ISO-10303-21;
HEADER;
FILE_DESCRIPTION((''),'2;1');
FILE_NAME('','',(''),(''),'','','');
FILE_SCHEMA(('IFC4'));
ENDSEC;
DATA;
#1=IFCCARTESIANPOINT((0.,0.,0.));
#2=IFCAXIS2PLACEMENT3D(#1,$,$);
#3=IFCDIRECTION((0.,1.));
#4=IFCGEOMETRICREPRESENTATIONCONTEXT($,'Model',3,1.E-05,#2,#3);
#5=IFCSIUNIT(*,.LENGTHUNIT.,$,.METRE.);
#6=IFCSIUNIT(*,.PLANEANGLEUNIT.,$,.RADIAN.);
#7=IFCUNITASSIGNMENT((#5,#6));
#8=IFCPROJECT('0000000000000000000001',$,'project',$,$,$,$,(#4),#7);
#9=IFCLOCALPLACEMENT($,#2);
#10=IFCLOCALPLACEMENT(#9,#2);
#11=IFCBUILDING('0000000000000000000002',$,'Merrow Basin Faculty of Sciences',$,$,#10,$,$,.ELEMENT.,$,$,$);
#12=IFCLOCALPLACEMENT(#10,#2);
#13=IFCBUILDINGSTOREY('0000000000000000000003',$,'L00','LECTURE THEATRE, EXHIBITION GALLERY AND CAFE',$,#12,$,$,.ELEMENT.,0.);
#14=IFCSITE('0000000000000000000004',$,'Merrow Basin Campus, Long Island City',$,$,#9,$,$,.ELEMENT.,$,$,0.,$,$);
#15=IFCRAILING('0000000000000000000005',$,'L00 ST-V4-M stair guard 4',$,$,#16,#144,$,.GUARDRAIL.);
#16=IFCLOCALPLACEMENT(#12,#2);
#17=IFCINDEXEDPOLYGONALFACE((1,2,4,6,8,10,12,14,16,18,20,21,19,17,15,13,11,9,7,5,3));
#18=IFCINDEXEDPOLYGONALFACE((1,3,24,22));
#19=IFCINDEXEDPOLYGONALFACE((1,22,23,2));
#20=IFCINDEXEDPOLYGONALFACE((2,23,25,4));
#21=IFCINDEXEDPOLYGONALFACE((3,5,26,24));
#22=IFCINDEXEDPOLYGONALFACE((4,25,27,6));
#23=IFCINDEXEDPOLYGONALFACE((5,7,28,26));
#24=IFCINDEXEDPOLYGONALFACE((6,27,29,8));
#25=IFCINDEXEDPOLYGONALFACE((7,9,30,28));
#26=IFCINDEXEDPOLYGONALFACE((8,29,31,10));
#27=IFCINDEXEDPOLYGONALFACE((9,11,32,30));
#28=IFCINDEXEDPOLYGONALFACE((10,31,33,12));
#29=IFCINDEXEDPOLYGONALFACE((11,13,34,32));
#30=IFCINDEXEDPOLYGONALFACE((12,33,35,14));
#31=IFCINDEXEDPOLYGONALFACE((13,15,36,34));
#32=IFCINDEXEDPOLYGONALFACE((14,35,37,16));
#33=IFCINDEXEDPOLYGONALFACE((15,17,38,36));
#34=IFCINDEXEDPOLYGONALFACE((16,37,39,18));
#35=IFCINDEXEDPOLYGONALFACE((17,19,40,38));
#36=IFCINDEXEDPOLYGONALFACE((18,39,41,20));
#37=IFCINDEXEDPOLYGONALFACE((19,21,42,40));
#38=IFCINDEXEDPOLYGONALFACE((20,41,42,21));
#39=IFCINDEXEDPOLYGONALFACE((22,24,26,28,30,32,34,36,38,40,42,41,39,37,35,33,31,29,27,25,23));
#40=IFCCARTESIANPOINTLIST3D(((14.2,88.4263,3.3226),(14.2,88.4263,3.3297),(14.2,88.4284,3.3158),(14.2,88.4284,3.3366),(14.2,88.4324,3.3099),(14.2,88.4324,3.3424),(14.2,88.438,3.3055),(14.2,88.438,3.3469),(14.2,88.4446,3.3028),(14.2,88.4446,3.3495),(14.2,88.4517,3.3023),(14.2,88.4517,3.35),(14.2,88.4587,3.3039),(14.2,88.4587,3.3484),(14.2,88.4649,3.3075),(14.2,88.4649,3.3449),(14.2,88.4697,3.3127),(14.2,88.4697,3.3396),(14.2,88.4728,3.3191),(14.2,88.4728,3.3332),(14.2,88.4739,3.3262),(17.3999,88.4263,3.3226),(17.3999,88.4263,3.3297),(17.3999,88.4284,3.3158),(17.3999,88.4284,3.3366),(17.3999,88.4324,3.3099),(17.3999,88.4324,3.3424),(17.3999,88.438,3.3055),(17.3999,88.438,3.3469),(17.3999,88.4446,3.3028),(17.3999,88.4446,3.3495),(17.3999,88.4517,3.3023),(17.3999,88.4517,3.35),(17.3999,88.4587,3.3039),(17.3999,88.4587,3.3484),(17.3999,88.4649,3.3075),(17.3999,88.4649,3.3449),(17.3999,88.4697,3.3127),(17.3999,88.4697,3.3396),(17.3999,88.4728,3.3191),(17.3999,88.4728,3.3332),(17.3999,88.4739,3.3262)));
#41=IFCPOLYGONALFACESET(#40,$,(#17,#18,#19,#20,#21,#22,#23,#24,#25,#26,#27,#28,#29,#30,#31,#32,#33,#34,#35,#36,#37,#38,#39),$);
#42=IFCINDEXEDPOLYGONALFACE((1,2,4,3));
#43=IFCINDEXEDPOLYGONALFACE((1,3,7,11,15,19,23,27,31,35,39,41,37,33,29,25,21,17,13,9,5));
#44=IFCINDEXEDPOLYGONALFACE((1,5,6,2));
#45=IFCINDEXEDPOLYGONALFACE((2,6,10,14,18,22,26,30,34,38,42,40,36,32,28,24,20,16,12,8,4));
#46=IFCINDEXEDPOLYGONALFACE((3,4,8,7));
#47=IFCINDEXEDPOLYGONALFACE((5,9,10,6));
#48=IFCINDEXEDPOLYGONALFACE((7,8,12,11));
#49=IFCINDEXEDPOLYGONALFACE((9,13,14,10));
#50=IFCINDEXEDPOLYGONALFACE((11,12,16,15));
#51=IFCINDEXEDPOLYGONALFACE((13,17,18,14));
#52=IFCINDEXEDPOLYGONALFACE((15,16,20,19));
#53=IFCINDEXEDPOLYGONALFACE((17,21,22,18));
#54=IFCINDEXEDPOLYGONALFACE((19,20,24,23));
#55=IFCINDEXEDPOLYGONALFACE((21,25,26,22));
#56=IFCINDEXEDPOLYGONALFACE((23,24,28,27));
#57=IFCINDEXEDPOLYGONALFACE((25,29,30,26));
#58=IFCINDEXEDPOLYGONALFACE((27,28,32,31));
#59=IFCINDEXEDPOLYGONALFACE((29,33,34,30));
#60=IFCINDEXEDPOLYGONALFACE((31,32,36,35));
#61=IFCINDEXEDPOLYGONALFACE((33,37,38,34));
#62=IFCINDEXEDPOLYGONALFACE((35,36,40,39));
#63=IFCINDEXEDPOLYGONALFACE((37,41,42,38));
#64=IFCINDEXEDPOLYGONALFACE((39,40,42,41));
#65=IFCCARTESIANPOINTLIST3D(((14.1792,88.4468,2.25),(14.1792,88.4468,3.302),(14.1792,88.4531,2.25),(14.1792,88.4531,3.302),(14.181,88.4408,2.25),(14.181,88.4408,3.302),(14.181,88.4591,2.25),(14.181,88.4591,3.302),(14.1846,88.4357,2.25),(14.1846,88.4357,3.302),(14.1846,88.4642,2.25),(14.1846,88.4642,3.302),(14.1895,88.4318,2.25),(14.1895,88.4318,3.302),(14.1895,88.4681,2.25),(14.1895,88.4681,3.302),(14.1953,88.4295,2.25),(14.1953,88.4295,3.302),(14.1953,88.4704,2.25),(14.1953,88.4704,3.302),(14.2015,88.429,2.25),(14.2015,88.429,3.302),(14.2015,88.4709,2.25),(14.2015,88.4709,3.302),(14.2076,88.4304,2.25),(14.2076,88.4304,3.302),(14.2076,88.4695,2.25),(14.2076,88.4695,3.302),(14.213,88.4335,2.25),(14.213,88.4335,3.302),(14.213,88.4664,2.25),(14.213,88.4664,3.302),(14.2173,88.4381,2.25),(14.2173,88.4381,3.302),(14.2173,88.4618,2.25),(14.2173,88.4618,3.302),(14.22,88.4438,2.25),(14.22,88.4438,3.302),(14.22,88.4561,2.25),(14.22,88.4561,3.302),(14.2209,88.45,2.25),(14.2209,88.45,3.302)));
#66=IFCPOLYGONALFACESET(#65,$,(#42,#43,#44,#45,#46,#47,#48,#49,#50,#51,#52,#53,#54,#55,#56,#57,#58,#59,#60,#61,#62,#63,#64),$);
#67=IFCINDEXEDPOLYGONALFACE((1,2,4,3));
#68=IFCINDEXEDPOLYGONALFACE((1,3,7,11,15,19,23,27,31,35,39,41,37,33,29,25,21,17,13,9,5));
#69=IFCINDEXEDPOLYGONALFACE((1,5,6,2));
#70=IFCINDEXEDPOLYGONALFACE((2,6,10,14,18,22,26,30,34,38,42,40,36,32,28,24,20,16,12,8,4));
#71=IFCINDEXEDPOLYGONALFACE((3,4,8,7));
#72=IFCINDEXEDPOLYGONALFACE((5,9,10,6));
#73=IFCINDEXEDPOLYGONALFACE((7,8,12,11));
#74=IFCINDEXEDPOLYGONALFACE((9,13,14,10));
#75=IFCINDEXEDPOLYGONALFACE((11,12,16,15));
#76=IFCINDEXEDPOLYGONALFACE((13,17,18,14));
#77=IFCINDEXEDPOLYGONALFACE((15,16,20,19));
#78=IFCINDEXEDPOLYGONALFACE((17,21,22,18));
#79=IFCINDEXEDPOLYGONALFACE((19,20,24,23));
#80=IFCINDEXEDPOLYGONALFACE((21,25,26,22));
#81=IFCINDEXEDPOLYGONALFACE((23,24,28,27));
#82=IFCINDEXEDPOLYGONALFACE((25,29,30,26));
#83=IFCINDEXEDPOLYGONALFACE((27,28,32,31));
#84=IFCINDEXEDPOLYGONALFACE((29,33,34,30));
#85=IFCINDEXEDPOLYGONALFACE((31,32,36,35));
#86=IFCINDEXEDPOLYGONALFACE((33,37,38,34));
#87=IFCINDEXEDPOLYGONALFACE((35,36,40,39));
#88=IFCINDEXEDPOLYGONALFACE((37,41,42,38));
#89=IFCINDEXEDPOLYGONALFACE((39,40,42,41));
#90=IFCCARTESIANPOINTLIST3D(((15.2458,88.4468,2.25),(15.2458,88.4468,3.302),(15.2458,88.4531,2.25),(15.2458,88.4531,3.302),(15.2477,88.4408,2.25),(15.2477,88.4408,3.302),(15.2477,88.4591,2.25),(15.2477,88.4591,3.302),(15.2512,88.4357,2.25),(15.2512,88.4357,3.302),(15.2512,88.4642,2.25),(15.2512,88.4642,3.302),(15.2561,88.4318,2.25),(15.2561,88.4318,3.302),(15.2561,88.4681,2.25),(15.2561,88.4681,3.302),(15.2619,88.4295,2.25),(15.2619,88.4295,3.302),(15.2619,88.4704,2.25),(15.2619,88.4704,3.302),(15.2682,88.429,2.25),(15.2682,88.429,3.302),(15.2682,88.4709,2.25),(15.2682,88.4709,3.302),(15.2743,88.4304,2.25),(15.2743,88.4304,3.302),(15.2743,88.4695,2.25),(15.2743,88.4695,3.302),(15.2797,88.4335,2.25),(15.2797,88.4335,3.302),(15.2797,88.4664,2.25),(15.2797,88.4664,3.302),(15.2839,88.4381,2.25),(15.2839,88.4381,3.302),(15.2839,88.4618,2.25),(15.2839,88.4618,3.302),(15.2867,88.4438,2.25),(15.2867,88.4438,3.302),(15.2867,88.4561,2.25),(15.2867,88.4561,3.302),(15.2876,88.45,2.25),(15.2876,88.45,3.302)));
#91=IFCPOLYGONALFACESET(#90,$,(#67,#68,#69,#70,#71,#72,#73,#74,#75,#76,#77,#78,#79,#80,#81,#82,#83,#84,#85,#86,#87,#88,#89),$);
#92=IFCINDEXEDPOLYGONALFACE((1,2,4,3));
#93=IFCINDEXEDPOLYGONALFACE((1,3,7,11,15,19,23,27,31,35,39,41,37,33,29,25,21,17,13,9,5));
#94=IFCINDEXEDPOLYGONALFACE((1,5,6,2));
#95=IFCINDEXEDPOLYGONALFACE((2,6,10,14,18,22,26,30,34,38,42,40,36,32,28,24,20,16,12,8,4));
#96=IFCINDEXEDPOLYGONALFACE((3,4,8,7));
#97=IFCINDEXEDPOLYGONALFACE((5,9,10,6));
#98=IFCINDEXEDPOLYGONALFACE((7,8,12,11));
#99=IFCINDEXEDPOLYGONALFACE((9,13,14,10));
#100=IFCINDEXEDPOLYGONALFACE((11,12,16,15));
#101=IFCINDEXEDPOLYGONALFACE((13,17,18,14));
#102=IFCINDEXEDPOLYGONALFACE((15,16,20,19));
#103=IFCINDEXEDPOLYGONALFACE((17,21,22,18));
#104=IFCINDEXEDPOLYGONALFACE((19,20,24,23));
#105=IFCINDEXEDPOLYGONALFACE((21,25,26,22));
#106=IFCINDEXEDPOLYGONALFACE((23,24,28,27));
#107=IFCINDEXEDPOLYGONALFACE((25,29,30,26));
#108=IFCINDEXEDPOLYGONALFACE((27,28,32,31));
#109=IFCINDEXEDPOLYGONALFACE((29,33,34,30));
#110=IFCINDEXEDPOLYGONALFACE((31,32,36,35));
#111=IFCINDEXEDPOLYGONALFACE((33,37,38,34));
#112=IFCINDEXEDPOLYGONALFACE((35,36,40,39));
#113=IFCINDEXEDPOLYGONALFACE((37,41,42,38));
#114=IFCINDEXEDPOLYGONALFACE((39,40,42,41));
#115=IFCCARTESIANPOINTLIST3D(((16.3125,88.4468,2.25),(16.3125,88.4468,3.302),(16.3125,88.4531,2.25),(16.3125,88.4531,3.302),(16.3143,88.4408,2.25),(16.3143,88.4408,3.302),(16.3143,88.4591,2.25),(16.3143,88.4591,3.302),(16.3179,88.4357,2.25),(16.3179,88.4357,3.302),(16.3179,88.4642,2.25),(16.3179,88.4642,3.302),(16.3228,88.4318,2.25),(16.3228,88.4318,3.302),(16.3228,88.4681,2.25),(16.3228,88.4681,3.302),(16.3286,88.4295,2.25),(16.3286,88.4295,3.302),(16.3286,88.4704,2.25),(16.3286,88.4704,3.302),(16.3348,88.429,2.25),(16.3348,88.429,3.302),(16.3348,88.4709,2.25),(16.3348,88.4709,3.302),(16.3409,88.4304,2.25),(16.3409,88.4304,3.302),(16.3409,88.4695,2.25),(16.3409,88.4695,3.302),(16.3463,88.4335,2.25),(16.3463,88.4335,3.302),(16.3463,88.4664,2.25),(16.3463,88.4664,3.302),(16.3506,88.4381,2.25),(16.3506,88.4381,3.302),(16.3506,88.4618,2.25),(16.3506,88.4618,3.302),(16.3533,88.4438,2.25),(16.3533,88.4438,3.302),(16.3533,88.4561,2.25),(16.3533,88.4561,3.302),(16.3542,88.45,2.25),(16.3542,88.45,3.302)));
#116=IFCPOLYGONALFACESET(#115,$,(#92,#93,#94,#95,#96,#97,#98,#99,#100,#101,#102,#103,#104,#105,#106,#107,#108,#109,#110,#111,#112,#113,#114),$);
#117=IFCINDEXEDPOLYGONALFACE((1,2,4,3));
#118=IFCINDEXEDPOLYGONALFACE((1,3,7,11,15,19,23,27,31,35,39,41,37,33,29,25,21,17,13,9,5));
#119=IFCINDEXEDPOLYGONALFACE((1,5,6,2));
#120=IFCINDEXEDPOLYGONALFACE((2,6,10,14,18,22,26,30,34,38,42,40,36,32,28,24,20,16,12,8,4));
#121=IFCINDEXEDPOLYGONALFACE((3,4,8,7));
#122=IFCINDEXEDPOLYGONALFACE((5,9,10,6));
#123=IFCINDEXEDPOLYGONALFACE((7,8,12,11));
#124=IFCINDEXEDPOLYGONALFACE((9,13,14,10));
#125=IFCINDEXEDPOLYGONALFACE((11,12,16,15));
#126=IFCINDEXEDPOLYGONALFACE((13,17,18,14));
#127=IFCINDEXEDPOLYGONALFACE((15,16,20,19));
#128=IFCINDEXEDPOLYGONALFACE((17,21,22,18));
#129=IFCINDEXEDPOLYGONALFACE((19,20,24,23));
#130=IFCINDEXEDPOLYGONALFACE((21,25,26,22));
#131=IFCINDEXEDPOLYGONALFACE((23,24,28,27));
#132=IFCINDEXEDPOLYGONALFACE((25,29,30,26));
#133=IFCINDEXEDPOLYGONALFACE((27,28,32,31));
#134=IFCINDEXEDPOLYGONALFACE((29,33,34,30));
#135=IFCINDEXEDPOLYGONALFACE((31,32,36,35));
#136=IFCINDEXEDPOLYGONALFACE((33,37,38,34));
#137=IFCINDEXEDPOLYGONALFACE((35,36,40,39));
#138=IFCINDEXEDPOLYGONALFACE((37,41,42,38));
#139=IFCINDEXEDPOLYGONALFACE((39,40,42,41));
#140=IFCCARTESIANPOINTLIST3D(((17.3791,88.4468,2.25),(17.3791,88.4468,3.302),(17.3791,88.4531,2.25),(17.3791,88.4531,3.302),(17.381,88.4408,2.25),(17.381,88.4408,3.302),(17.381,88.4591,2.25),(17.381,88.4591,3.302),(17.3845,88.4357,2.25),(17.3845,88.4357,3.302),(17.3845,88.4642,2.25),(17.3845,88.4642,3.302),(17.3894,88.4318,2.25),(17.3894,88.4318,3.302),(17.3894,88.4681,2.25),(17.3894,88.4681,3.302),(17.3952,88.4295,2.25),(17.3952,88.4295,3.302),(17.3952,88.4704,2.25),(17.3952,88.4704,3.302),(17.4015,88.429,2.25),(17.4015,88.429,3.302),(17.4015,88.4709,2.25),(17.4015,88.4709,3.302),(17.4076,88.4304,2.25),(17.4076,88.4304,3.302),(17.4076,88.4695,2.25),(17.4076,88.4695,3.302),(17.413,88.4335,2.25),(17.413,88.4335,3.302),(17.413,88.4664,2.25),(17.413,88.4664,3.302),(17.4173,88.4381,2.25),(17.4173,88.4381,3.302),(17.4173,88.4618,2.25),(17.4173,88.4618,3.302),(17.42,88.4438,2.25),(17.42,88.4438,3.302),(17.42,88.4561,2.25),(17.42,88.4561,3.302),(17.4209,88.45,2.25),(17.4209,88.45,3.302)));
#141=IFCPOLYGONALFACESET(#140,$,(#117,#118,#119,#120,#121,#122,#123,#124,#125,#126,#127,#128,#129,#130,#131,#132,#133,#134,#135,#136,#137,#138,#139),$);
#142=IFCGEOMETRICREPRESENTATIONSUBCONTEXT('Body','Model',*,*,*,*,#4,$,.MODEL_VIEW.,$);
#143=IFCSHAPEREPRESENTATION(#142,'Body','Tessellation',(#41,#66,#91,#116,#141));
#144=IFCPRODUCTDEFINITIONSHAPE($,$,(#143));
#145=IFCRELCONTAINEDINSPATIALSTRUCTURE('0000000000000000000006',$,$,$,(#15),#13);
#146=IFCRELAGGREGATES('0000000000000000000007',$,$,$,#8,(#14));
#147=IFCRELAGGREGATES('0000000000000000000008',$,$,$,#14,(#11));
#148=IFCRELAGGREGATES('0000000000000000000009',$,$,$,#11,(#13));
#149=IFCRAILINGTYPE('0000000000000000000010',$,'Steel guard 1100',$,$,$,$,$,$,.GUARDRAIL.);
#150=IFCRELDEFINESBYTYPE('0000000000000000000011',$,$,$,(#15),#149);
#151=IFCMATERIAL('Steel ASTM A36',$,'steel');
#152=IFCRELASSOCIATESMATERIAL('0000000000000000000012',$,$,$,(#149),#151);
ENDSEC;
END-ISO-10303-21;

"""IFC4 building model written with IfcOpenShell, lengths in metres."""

from ifc_helpers import new_model, si_unit, direction, frame, origin, origin_2d, place, context, subcontext, project, spatial, circle, extrude, material, type_object, element, save


model = new_model("IFC4")

# Units and contexts
model_context = context("Model", 3, precision=1e-05, world=origin(), true_north=direction((0.0, 1.0)))
body_context = subcontext(model_context, "Body", "Model", "MODEL_VIEW")
ifc_project = project(units=[si_unit("LENGTHUNIT", "METRE"), si_unit("PLANEANGLEUNIT", "RADIAN")], contexts=[model_context])

# Site, building, storey
site_placement = place(None, origin())
site = spatial("IfcSite", under=ifc_project, at=site_placement, Name="Merrow Basin Campus, Long Island City", CompositionType="ELEMENT", RefElevation=0.0)
building_placement = place(site_placement, origin())
building = spatial("IfcBuilding", under=site, at=building_placement, Name="Merrow Basin Faculty of Sciences", CompositionType="ELEMENT")
storey_placement = place(building_placement, origin())
storey = spatial("IfcBuildingStorey", under=building, at=storey_placement, Name="L00", Description="LECTURE THEATRE, EXHIBITION GALLERY AND CAFE", CompositionType="ELEMENT", Elevation=0.0)

# Railing
ifc_material_1 = material(Name="Steel ASTM A36", Category="steel")
railing_type_1 = type_object("IfcRailingType", Name="Steel guard 1100", PredefinedType="GUARDRAIL", material=ifc_material_1)
railing_1_placement = place(storey_placement, frame((14.2, 88.45, 2.25)))
element("IfcRailing", 1, at=railing_1_placement, inside=storey, type_object=railing_type_1, Name="L00 ST-V4-M stair guard 4", PredefinedType="GUARDRAIL", context=body_context, shape_type="SweptSolid", body=[
    extrude(circle(Radius=0.0239, at=origin_2d()), frame((0.0, 0.0, 1.0762), z_axis=(1.0, 0.0, 0.0), x_axis=(0.0, 1.0, 0.0)), (0.0, 0.0, 1.0), 3.2),
    extrude(circle(Radius=0.021, at=origin_2d()), origin(), (0.0, 0.0, 1.0), 1.052),
    extrude(circle(Radius=0.021, at=origin_2d()), frame((1.0667, 0.0, 0.0)), (0.0, 0.0, 1.0), 1.052),
    extrude(circle(Radius=0.021, at=origin_2d()), frame((2.1333, 0.0, 0.0)), (0.0, 0.0, 1.0), 1.052),
    extrude(circle(Radius=0.021, at=origin_2d()), frame((3.2, 0.0, 0.0)), (0.0, 0.0, 1.0), 1.052),
])

save(model, "model.ifc")
